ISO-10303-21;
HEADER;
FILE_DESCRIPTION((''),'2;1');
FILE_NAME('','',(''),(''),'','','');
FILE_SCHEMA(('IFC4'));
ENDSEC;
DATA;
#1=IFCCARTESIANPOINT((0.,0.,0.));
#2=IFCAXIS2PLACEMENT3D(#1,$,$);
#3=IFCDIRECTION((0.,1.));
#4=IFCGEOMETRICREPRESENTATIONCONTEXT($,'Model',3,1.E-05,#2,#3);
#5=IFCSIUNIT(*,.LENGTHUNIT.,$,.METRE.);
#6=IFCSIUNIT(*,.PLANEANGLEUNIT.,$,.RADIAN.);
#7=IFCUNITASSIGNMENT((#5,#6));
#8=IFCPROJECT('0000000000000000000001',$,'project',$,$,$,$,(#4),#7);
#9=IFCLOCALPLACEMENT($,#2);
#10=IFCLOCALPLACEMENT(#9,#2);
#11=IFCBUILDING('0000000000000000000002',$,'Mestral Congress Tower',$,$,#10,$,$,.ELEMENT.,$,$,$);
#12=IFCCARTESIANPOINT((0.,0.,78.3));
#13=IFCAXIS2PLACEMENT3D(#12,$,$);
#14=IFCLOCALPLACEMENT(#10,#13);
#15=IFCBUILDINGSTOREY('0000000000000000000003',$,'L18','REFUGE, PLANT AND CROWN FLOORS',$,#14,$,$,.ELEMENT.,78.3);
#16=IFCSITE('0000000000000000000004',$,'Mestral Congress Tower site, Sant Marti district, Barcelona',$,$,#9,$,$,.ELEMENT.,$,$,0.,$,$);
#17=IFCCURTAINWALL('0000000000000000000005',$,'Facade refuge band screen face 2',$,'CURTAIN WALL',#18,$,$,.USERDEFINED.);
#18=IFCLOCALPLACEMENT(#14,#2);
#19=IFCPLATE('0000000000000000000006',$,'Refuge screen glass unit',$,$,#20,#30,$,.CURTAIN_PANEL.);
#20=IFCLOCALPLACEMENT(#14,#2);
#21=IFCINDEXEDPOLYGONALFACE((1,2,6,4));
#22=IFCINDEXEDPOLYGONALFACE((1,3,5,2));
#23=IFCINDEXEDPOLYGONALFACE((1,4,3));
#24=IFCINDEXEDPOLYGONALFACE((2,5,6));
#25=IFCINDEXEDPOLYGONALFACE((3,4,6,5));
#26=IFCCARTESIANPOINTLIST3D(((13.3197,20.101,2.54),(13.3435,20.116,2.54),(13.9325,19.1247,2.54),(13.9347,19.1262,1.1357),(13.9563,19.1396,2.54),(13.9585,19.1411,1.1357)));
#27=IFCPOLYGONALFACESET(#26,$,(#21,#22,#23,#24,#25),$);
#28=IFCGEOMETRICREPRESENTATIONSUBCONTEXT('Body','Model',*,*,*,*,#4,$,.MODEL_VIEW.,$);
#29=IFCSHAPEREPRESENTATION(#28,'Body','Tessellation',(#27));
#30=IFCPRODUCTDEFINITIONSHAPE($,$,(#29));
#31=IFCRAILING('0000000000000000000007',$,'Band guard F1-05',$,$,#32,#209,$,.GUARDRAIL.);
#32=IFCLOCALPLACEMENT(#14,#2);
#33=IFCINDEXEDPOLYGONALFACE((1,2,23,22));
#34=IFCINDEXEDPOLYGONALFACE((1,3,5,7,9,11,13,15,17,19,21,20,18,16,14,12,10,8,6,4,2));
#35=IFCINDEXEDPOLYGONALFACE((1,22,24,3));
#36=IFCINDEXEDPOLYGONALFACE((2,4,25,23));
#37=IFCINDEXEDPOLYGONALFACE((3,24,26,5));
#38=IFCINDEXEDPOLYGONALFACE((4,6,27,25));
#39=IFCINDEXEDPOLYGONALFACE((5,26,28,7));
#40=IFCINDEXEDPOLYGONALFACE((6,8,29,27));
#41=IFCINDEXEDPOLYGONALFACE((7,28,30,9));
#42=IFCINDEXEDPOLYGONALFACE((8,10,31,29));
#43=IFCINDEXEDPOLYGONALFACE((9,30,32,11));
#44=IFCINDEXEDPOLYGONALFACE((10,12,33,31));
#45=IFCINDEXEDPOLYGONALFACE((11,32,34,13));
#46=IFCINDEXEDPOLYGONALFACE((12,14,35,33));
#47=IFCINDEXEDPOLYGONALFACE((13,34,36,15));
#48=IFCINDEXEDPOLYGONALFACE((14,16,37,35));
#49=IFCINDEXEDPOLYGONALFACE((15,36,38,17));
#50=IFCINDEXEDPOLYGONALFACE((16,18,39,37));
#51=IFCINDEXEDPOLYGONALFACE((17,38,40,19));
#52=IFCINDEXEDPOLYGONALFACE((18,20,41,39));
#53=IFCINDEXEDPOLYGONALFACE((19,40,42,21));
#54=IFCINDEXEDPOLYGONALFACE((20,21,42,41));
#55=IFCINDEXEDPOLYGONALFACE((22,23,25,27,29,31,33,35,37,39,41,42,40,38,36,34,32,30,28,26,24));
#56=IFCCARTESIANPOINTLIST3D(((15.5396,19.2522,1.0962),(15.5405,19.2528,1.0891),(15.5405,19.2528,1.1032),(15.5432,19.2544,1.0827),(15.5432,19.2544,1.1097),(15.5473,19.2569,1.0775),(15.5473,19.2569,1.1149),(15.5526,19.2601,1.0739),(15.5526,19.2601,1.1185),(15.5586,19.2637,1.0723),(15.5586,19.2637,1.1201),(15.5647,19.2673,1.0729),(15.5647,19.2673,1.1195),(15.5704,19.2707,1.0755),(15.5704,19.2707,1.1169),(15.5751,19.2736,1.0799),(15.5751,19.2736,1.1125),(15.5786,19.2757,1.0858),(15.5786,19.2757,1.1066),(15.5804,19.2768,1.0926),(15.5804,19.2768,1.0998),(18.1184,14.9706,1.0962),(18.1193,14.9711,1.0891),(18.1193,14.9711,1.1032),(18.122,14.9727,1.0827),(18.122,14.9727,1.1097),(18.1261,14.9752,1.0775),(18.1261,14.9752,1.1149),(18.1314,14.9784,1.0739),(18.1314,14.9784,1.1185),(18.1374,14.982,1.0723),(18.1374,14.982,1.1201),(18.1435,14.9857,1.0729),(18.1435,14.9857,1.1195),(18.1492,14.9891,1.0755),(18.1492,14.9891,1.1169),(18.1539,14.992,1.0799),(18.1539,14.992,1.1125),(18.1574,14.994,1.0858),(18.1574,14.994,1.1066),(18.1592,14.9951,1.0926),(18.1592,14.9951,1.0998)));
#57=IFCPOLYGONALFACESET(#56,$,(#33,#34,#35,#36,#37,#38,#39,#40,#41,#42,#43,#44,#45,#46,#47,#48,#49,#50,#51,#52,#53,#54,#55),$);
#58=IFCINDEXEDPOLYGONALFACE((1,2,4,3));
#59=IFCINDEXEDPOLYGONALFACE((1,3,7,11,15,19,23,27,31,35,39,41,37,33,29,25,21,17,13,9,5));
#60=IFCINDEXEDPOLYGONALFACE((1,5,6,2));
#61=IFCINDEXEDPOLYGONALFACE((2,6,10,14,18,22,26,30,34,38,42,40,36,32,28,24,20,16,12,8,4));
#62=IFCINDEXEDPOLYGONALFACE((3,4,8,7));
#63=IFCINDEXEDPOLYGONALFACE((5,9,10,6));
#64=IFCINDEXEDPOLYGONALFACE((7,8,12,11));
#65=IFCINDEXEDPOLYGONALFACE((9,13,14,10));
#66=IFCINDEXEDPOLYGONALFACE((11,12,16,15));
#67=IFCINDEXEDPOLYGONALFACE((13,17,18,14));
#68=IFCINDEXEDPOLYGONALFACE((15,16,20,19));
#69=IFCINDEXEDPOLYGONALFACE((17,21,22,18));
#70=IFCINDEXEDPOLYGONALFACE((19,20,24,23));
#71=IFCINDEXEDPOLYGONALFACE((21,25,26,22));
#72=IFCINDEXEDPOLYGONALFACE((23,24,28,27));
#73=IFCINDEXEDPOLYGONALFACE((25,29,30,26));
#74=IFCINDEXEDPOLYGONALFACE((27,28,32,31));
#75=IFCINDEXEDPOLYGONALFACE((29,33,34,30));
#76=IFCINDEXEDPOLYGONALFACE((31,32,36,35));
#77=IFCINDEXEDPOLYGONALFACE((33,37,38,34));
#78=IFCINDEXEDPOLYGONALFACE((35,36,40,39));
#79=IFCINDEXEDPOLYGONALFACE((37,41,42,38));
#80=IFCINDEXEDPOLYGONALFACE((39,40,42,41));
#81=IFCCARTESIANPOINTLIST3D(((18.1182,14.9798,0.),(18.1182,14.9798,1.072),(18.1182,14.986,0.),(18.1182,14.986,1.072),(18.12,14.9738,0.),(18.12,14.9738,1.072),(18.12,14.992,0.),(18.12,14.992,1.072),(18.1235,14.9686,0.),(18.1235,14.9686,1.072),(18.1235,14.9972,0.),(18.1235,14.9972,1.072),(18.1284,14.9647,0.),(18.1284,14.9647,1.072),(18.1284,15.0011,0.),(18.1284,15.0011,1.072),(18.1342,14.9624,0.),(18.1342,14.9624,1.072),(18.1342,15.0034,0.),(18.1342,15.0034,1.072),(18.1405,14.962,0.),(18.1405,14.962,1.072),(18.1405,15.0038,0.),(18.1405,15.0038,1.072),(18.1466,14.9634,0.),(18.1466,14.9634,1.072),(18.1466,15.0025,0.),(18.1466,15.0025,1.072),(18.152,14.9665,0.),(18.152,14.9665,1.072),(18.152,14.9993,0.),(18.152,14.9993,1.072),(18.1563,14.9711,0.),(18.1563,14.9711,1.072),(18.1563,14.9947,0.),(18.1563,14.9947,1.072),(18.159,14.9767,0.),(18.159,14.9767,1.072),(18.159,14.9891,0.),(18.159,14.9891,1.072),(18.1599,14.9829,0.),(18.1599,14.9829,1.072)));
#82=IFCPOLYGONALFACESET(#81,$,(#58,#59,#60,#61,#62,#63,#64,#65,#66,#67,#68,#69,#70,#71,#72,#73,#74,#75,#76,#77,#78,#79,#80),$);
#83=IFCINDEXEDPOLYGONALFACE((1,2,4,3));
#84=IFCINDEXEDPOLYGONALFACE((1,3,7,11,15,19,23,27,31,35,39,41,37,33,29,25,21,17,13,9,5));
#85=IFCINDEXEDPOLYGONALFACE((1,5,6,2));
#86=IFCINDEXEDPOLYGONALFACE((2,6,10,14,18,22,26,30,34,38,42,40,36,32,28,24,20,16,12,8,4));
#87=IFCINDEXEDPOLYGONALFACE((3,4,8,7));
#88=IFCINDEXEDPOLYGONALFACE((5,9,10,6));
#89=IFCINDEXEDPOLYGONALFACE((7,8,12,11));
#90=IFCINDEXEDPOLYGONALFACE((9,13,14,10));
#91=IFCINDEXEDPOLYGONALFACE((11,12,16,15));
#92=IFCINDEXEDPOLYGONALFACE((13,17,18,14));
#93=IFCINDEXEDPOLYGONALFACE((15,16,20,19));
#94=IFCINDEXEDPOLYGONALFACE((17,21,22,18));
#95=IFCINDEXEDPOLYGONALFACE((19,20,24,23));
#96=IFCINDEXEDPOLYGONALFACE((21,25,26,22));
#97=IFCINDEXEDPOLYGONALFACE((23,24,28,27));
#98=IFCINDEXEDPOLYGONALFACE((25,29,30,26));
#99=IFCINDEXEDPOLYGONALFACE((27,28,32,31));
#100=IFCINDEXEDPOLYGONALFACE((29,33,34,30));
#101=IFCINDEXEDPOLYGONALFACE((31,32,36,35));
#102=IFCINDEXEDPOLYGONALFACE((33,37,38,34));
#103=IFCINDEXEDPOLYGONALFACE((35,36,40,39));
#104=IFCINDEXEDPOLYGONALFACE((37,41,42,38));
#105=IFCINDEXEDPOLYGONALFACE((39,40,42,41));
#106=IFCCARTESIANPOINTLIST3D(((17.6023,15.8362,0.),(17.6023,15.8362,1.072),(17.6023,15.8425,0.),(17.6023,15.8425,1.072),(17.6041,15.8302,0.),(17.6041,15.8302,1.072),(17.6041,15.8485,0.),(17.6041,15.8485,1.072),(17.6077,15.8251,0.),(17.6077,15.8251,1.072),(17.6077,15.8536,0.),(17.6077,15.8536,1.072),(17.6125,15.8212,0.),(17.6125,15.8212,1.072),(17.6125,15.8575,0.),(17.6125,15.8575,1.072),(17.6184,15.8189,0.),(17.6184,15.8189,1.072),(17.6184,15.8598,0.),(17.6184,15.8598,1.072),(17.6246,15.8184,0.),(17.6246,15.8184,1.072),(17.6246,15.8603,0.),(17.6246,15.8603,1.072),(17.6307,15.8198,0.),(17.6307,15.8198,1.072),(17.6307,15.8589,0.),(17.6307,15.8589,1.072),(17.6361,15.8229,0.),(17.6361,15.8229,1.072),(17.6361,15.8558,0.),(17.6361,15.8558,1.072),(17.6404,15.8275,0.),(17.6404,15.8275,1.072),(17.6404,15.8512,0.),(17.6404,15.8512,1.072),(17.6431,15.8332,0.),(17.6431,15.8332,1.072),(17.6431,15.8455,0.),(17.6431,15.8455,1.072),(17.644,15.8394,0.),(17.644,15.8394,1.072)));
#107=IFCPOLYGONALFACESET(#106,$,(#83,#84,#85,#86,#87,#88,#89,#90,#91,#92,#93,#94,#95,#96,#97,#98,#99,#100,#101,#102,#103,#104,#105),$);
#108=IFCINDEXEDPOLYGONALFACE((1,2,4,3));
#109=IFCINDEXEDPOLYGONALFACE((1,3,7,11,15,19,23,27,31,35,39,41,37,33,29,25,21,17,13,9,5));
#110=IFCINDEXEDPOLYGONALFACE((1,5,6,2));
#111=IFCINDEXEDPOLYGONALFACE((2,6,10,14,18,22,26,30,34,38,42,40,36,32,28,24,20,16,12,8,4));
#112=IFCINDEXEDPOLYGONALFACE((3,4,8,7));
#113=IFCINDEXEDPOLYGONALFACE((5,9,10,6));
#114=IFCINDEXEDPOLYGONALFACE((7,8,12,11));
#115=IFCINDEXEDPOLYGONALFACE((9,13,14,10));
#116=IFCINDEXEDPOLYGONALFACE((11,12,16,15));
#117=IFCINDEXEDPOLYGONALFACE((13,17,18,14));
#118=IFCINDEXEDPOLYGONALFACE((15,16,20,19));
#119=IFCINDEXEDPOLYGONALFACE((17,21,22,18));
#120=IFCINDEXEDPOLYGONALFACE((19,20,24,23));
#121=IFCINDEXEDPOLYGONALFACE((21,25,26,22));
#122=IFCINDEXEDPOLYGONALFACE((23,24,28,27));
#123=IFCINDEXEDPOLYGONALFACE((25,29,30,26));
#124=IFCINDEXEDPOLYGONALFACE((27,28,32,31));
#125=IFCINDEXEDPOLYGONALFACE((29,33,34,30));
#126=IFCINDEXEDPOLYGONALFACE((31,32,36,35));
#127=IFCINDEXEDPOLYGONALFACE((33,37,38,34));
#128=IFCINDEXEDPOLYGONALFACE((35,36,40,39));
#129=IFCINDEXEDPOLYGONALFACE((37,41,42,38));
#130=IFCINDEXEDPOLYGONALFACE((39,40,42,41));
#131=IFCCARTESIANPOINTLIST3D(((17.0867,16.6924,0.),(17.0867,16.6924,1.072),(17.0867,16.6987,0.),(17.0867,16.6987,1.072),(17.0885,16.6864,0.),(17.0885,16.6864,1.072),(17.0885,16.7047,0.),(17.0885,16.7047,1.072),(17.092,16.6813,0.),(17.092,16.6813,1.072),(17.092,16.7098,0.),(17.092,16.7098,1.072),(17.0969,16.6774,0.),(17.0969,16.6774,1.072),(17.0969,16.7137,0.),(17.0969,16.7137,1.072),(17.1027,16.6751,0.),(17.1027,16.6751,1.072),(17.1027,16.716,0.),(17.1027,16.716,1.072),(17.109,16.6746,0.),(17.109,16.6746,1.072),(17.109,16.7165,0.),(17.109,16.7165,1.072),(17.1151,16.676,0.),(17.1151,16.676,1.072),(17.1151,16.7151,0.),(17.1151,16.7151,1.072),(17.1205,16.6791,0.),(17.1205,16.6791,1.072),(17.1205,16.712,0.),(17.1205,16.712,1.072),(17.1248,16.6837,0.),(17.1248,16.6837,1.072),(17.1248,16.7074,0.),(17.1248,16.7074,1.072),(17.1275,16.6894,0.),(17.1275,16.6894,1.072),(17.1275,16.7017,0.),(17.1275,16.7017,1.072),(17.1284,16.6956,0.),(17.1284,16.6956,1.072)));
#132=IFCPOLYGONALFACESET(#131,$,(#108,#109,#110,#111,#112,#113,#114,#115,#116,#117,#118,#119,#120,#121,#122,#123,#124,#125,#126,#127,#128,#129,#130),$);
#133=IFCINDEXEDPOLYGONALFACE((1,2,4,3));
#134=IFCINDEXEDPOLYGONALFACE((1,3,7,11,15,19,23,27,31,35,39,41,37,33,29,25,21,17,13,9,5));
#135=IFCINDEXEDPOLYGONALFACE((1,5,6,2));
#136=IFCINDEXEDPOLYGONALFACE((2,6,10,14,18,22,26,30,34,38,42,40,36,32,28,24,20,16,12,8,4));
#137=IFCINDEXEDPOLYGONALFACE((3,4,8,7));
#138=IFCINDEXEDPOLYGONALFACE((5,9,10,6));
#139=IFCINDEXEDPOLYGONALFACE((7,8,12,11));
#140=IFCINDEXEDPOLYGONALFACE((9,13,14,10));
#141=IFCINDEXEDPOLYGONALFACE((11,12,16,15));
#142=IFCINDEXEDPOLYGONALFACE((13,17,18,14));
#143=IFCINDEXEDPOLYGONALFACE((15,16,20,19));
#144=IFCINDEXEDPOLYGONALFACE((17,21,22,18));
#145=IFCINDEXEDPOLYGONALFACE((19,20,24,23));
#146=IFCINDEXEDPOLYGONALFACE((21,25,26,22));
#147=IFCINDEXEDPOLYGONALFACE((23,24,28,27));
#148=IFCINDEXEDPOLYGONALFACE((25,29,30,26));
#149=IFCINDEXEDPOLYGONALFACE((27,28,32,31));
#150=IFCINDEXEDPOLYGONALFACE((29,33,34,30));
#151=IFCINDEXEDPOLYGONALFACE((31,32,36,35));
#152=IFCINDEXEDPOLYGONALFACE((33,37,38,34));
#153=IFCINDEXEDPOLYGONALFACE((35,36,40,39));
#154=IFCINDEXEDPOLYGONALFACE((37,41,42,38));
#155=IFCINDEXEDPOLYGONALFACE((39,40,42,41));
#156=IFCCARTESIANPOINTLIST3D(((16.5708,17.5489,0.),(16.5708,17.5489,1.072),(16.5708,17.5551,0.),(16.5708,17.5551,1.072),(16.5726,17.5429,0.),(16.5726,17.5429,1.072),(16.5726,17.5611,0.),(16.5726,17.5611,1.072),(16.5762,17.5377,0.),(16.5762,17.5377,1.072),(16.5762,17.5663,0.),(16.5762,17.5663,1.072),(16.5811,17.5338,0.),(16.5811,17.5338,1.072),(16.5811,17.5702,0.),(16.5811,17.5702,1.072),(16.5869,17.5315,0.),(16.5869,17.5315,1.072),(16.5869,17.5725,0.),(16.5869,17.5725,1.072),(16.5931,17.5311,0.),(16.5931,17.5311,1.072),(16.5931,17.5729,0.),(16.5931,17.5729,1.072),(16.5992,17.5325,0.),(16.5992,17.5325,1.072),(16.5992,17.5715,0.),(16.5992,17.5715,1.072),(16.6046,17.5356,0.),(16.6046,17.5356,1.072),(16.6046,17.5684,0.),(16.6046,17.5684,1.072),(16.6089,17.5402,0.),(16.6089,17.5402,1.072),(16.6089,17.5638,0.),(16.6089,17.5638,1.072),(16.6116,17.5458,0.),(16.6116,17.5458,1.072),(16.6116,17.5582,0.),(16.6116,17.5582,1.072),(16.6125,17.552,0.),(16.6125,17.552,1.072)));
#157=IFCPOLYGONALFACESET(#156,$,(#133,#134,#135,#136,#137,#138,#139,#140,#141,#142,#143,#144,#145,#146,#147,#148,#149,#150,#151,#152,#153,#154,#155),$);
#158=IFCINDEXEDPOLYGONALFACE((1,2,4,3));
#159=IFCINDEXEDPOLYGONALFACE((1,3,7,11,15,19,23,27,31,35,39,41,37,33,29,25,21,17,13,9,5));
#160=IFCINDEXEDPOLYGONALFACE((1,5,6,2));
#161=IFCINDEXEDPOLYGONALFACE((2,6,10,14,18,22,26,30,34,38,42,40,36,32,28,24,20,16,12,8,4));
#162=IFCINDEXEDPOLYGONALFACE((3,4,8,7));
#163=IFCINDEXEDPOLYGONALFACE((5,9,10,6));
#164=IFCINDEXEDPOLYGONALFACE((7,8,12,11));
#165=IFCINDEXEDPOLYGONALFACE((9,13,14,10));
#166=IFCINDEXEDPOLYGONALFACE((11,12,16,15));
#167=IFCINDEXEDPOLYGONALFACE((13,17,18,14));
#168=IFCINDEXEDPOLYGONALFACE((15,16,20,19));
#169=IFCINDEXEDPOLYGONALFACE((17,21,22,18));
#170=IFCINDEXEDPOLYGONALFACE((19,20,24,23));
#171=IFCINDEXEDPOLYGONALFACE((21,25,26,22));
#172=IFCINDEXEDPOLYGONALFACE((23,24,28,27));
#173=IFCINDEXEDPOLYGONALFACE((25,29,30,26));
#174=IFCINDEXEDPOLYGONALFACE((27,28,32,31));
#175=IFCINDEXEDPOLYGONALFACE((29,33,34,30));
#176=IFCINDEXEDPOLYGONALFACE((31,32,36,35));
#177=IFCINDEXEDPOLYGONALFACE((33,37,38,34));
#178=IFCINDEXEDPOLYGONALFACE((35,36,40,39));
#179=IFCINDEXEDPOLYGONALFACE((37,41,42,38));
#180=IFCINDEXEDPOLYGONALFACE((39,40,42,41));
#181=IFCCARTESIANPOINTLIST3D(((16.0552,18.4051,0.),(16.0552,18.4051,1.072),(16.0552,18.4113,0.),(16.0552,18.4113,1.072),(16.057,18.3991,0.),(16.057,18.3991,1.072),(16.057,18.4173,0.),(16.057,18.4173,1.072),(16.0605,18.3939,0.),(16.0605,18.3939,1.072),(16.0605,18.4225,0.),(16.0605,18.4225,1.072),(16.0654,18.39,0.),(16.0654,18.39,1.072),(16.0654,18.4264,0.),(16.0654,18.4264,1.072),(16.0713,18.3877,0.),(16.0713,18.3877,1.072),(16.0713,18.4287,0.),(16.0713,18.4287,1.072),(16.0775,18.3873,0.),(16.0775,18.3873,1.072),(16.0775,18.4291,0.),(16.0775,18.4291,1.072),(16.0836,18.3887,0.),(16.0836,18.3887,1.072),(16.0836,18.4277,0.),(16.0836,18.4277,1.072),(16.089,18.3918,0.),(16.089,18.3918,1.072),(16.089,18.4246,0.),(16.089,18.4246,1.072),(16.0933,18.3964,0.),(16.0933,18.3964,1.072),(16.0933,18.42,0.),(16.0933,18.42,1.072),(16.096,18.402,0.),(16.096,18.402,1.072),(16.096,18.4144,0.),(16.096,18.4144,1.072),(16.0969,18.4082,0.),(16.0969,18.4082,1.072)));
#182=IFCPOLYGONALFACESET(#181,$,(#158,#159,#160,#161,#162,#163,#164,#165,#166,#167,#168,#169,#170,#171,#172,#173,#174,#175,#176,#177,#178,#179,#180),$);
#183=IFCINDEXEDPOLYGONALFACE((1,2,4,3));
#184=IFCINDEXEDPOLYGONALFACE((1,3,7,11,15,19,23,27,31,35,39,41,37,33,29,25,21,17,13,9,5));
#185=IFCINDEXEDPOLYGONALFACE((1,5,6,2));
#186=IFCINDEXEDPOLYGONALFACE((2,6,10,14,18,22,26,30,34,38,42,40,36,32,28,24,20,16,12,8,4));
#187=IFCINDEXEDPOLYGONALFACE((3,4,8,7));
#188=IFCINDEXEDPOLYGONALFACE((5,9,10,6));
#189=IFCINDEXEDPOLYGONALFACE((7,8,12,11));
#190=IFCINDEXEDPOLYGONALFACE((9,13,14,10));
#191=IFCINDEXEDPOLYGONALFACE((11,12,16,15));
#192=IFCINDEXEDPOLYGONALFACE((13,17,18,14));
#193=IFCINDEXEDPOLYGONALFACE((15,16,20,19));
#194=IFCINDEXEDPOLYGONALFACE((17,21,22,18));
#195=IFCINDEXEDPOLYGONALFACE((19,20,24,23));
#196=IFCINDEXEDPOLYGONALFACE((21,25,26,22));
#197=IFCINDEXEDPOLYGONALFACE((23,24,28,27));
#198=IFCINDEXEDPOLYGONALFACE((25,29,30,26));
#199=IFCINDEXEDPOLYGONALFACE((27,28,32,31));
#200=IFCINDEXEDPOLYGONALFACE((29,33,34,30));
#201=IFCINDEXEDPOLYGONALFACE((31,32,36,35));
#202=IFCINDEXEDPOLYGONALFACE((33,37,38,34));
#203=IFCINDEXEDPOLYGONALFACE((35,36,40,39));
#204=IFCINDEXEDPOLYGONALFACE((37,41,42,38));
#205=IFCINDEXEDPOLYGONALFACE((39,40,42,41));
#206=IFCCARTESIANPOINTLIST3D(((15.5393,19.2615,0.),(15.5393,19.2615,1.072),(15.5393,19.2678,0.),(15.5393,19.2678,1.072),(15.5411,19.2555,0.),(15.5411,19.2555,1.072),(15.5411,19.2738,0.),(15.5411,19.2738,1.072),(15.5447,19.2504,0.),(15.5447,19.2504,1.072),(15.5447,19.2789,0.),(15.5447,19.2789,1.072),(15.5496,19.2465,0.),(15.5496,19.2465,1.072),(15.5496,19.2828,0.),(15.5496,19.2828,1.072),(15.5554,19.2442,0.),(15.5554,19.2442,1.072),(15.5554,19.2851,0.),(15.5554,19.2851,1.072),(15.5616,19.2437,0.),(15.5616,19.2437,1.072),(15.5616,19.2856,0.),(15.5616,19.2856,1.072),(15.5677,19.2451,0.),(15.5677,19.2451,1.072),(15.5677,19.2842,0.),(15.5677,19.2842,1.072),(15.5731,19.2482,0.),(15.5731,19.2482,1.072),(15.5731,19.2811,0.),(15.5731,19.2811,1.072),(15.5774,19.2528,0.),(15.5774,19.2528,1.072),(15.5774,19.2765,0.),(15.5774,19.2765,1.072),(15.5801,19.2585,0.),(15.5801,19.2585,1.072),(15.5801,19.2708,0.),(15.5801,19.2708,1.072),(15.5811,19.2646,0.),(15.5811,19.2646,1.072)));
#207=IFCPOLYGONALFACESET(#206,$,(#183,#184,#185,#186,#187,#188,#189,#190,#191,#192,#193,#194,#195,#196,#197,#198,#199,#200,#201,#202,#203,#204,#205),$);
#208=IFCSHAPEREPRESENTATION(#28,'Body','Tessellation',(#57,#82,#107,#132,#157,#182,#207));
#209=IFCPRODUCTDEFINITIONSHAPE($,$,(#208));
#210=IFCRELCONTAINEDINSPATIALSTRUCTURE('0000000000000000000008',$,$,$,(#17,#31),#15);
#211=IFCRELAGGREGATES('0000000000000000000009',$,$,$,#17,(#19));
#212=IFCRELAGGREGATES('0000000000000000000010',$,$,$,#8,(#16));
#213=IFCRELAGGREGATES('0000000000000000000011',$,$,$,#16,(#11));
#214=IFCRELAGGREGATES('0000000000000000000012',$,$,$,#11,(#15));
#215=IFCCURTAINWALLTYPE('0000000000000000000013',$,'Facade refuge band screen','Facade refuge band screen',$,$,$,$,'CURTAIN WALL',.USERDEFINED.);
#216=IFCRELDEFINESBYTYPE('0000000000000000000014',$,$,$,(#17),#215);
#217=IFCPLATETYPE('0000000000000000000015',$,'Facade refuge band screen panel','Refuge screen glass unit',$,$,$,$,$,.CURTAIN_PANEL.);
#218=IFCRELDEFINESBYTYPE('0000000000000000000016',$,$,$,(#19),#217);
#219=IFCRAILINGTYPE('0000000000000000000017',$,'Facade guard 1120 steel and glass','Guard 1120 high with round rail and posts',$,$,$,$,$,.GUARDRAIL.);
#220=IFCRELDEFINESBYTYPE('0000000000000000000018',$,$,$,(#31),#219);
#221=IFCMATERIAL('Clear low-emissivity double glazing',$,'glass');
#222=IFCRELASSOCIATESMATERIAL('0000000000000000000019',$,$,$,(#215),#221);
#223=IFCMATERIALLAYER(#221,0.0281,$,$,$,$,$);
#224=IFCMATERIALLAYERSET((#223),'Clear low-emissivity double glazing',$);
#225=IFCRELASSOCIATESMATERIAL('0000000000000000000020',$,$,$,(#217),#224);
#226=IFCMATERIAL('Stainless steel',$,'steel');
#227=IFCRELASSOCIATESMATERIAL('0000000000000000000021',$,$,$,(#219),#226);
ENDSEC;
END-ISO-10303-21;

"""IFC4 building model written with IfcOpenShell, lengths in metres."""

from ifc_helpers import new_model, si_unit, direction, frame, origin, origin_2d, place, context, subcontext, project, spatial, polyline, circle, outline, extrude, material, layer, layer_set, type_object, element, aggregate, save


model = new_model("IFC4")

# Units and contexts
model_context = context("Model", 3, precision=1e-05, world=origin(), true_north=direction((0.0, 1.0)))
body_context = subcontext(model_context, "Body", "Model", "MODEL_VIEW")
ifc_project = project(units=[si_unit("LENGTHUNIT", "METRE"), si_unit("PLANEANGLEUNIT", "RADIAN")], contexts=[model_context])

# Site, building, storey
site_placement = place(None, origin())
site = spatial("IfcSite", under=ifc_project, at=site_placement, Name="Mestral Congress Tower site, Sant Marti district, Barcelona", CompositionType="ELEMENT", RefElevation=0.0)
building_placement = place(site_placement, origin())
building = spatial("IfcBuilding", under=site, at=building_placement, Name="Mestral Congress Tower", CompositionType="ELEMENT")
storey_placement = place(building_placement, frame((0.0, 0.0, 78.3)))
storey = spatial("IfcBuildingStorey", under=building, at=storey_placement, Name="L18", Description="REFUGE, PLANT AND CROWN FLOORS", CompositionType="ELEMENT", Elevation=78.3)

# Curtain wall
ifc_material_1 = material(Name="Clear low-emissivity double glazing", Category="glass")
curtain_wall_type = type_object("IfcCurtainWallType", Name="Facade refuge band screen", Description="Facade refuge band screen", ElementType="CURTAIN WALL", PredefinedType="USERDEFINED", material=ifc_material_1)
curtain_wall_placement = place(storey_placement, origin())
curtain_wall = element("IfcCurtainWall", 1, at=curtain_wall_placement, inside=storey, type_object=curtain_wall_type, Name="Facade refuge band screen face 2", ObjectType="CURTAIN WALL", PredefinedType="USERDEFINED")

# Plate
ifc_layer_1 = layer(ifc_material_1, 0.0281)
ifc_layer_set_1 = layer_set([ifc_layer_1], Name="Clear low-emissivity double glazing")
plate_type_1 = type_object("IfcPlateType", Name="Facade refuge band screen panel", Description="Refuge screen glass unit", PredefinedType="CURTAIN_PANEL", material=ifc_layer_set_1)
plate_1_placement = place(storey_placement, frame((13.9563, 19.1396, 2.54), z_axis=(0.846984, 0.531615, 0.00188), x_axis=(-0.531616, 0.846985, 0.0)))
plate_1 = element("IfcPlate", 2, at=plate_1_placement, type_object=plate_type_1, Name="Refuge screen glass unit", PredefinedType="CURTAIN_PANEL", context=body_context, shape_type="SweptSolid", body=[
    extrude(outline(polyline([(0.0, 0.0), (1.1527, 0.0), (0.0001, -1.4043), (0.0, 0.0)])), origin(), (0.0, 0.0, -1.0), 0.0281),
])
aggregate(curtain_wall, [plate_1])

# Railing
ifc_material_2 = material(Name="Stainless steel", Category="steel")
railing_type = type_object("IfcRailingType", Name="Facade guard 1120 steel and glass", Description="Guard 1120 high with round rail and posts", PredefinedType="GUARDRAIL", material=ifc_material_2)
railing_1_placement = place(storey_placement, frame((18.1389, 14.9829, 0.0)))
element("IfcRailing", 3, at=railing_1_placement, inside=storey, type_object=railing_type, Name="Band guard F1-05", PredefinedType="GUARDRAIL", context=body_context, shape_type="SweptSolid", body=[
    extrude(circle(Radius=0.0239, at=origin_2d()), frame((0.0, 0.0, 1.0962), z_axis=(-0.515939, 0.856625, 0.0), x_axis=(-0.856625, -0.515939, 0.0)), (0.0, 0.0, 1.0), 4.9983),
    extrude(circle(Radius=0.021, at=origin_2d()), origin(), (0.0, 0.0, 1.0), 1.072),
    extrude(circle(Radius=0.021, at=origin_2d()), frame((-0.5159, 0.8564, 0.0)), (0.0, 0.0, 1.0), 1.072),
    extrude(circle(Radius=0.021, at=origin_2d()), frame((-1.0315, 1.7126, 0.0)), (0.0, 0.0, 1.0), 1.072),
    extrude(circle(Radius=0.021, at=origin_2d()), frame((-1.5474, 2.5691, 0.0)), (0.0, 0.0, 1.0), 1.072),
    extrude(circle(Radius=0.021, at=origin_2d()), frame((-2.063, 3.4253, 0.0)), (0.0, 0.0, 1.0), 1.072),
    extrude(circle(Radius=0.021, at=origin_2d()), frame((-2.5789, 4.2817, 0.0)), (0.0, 0.0, 1.0), 1.072),
])

save(model, "model.ifc")
